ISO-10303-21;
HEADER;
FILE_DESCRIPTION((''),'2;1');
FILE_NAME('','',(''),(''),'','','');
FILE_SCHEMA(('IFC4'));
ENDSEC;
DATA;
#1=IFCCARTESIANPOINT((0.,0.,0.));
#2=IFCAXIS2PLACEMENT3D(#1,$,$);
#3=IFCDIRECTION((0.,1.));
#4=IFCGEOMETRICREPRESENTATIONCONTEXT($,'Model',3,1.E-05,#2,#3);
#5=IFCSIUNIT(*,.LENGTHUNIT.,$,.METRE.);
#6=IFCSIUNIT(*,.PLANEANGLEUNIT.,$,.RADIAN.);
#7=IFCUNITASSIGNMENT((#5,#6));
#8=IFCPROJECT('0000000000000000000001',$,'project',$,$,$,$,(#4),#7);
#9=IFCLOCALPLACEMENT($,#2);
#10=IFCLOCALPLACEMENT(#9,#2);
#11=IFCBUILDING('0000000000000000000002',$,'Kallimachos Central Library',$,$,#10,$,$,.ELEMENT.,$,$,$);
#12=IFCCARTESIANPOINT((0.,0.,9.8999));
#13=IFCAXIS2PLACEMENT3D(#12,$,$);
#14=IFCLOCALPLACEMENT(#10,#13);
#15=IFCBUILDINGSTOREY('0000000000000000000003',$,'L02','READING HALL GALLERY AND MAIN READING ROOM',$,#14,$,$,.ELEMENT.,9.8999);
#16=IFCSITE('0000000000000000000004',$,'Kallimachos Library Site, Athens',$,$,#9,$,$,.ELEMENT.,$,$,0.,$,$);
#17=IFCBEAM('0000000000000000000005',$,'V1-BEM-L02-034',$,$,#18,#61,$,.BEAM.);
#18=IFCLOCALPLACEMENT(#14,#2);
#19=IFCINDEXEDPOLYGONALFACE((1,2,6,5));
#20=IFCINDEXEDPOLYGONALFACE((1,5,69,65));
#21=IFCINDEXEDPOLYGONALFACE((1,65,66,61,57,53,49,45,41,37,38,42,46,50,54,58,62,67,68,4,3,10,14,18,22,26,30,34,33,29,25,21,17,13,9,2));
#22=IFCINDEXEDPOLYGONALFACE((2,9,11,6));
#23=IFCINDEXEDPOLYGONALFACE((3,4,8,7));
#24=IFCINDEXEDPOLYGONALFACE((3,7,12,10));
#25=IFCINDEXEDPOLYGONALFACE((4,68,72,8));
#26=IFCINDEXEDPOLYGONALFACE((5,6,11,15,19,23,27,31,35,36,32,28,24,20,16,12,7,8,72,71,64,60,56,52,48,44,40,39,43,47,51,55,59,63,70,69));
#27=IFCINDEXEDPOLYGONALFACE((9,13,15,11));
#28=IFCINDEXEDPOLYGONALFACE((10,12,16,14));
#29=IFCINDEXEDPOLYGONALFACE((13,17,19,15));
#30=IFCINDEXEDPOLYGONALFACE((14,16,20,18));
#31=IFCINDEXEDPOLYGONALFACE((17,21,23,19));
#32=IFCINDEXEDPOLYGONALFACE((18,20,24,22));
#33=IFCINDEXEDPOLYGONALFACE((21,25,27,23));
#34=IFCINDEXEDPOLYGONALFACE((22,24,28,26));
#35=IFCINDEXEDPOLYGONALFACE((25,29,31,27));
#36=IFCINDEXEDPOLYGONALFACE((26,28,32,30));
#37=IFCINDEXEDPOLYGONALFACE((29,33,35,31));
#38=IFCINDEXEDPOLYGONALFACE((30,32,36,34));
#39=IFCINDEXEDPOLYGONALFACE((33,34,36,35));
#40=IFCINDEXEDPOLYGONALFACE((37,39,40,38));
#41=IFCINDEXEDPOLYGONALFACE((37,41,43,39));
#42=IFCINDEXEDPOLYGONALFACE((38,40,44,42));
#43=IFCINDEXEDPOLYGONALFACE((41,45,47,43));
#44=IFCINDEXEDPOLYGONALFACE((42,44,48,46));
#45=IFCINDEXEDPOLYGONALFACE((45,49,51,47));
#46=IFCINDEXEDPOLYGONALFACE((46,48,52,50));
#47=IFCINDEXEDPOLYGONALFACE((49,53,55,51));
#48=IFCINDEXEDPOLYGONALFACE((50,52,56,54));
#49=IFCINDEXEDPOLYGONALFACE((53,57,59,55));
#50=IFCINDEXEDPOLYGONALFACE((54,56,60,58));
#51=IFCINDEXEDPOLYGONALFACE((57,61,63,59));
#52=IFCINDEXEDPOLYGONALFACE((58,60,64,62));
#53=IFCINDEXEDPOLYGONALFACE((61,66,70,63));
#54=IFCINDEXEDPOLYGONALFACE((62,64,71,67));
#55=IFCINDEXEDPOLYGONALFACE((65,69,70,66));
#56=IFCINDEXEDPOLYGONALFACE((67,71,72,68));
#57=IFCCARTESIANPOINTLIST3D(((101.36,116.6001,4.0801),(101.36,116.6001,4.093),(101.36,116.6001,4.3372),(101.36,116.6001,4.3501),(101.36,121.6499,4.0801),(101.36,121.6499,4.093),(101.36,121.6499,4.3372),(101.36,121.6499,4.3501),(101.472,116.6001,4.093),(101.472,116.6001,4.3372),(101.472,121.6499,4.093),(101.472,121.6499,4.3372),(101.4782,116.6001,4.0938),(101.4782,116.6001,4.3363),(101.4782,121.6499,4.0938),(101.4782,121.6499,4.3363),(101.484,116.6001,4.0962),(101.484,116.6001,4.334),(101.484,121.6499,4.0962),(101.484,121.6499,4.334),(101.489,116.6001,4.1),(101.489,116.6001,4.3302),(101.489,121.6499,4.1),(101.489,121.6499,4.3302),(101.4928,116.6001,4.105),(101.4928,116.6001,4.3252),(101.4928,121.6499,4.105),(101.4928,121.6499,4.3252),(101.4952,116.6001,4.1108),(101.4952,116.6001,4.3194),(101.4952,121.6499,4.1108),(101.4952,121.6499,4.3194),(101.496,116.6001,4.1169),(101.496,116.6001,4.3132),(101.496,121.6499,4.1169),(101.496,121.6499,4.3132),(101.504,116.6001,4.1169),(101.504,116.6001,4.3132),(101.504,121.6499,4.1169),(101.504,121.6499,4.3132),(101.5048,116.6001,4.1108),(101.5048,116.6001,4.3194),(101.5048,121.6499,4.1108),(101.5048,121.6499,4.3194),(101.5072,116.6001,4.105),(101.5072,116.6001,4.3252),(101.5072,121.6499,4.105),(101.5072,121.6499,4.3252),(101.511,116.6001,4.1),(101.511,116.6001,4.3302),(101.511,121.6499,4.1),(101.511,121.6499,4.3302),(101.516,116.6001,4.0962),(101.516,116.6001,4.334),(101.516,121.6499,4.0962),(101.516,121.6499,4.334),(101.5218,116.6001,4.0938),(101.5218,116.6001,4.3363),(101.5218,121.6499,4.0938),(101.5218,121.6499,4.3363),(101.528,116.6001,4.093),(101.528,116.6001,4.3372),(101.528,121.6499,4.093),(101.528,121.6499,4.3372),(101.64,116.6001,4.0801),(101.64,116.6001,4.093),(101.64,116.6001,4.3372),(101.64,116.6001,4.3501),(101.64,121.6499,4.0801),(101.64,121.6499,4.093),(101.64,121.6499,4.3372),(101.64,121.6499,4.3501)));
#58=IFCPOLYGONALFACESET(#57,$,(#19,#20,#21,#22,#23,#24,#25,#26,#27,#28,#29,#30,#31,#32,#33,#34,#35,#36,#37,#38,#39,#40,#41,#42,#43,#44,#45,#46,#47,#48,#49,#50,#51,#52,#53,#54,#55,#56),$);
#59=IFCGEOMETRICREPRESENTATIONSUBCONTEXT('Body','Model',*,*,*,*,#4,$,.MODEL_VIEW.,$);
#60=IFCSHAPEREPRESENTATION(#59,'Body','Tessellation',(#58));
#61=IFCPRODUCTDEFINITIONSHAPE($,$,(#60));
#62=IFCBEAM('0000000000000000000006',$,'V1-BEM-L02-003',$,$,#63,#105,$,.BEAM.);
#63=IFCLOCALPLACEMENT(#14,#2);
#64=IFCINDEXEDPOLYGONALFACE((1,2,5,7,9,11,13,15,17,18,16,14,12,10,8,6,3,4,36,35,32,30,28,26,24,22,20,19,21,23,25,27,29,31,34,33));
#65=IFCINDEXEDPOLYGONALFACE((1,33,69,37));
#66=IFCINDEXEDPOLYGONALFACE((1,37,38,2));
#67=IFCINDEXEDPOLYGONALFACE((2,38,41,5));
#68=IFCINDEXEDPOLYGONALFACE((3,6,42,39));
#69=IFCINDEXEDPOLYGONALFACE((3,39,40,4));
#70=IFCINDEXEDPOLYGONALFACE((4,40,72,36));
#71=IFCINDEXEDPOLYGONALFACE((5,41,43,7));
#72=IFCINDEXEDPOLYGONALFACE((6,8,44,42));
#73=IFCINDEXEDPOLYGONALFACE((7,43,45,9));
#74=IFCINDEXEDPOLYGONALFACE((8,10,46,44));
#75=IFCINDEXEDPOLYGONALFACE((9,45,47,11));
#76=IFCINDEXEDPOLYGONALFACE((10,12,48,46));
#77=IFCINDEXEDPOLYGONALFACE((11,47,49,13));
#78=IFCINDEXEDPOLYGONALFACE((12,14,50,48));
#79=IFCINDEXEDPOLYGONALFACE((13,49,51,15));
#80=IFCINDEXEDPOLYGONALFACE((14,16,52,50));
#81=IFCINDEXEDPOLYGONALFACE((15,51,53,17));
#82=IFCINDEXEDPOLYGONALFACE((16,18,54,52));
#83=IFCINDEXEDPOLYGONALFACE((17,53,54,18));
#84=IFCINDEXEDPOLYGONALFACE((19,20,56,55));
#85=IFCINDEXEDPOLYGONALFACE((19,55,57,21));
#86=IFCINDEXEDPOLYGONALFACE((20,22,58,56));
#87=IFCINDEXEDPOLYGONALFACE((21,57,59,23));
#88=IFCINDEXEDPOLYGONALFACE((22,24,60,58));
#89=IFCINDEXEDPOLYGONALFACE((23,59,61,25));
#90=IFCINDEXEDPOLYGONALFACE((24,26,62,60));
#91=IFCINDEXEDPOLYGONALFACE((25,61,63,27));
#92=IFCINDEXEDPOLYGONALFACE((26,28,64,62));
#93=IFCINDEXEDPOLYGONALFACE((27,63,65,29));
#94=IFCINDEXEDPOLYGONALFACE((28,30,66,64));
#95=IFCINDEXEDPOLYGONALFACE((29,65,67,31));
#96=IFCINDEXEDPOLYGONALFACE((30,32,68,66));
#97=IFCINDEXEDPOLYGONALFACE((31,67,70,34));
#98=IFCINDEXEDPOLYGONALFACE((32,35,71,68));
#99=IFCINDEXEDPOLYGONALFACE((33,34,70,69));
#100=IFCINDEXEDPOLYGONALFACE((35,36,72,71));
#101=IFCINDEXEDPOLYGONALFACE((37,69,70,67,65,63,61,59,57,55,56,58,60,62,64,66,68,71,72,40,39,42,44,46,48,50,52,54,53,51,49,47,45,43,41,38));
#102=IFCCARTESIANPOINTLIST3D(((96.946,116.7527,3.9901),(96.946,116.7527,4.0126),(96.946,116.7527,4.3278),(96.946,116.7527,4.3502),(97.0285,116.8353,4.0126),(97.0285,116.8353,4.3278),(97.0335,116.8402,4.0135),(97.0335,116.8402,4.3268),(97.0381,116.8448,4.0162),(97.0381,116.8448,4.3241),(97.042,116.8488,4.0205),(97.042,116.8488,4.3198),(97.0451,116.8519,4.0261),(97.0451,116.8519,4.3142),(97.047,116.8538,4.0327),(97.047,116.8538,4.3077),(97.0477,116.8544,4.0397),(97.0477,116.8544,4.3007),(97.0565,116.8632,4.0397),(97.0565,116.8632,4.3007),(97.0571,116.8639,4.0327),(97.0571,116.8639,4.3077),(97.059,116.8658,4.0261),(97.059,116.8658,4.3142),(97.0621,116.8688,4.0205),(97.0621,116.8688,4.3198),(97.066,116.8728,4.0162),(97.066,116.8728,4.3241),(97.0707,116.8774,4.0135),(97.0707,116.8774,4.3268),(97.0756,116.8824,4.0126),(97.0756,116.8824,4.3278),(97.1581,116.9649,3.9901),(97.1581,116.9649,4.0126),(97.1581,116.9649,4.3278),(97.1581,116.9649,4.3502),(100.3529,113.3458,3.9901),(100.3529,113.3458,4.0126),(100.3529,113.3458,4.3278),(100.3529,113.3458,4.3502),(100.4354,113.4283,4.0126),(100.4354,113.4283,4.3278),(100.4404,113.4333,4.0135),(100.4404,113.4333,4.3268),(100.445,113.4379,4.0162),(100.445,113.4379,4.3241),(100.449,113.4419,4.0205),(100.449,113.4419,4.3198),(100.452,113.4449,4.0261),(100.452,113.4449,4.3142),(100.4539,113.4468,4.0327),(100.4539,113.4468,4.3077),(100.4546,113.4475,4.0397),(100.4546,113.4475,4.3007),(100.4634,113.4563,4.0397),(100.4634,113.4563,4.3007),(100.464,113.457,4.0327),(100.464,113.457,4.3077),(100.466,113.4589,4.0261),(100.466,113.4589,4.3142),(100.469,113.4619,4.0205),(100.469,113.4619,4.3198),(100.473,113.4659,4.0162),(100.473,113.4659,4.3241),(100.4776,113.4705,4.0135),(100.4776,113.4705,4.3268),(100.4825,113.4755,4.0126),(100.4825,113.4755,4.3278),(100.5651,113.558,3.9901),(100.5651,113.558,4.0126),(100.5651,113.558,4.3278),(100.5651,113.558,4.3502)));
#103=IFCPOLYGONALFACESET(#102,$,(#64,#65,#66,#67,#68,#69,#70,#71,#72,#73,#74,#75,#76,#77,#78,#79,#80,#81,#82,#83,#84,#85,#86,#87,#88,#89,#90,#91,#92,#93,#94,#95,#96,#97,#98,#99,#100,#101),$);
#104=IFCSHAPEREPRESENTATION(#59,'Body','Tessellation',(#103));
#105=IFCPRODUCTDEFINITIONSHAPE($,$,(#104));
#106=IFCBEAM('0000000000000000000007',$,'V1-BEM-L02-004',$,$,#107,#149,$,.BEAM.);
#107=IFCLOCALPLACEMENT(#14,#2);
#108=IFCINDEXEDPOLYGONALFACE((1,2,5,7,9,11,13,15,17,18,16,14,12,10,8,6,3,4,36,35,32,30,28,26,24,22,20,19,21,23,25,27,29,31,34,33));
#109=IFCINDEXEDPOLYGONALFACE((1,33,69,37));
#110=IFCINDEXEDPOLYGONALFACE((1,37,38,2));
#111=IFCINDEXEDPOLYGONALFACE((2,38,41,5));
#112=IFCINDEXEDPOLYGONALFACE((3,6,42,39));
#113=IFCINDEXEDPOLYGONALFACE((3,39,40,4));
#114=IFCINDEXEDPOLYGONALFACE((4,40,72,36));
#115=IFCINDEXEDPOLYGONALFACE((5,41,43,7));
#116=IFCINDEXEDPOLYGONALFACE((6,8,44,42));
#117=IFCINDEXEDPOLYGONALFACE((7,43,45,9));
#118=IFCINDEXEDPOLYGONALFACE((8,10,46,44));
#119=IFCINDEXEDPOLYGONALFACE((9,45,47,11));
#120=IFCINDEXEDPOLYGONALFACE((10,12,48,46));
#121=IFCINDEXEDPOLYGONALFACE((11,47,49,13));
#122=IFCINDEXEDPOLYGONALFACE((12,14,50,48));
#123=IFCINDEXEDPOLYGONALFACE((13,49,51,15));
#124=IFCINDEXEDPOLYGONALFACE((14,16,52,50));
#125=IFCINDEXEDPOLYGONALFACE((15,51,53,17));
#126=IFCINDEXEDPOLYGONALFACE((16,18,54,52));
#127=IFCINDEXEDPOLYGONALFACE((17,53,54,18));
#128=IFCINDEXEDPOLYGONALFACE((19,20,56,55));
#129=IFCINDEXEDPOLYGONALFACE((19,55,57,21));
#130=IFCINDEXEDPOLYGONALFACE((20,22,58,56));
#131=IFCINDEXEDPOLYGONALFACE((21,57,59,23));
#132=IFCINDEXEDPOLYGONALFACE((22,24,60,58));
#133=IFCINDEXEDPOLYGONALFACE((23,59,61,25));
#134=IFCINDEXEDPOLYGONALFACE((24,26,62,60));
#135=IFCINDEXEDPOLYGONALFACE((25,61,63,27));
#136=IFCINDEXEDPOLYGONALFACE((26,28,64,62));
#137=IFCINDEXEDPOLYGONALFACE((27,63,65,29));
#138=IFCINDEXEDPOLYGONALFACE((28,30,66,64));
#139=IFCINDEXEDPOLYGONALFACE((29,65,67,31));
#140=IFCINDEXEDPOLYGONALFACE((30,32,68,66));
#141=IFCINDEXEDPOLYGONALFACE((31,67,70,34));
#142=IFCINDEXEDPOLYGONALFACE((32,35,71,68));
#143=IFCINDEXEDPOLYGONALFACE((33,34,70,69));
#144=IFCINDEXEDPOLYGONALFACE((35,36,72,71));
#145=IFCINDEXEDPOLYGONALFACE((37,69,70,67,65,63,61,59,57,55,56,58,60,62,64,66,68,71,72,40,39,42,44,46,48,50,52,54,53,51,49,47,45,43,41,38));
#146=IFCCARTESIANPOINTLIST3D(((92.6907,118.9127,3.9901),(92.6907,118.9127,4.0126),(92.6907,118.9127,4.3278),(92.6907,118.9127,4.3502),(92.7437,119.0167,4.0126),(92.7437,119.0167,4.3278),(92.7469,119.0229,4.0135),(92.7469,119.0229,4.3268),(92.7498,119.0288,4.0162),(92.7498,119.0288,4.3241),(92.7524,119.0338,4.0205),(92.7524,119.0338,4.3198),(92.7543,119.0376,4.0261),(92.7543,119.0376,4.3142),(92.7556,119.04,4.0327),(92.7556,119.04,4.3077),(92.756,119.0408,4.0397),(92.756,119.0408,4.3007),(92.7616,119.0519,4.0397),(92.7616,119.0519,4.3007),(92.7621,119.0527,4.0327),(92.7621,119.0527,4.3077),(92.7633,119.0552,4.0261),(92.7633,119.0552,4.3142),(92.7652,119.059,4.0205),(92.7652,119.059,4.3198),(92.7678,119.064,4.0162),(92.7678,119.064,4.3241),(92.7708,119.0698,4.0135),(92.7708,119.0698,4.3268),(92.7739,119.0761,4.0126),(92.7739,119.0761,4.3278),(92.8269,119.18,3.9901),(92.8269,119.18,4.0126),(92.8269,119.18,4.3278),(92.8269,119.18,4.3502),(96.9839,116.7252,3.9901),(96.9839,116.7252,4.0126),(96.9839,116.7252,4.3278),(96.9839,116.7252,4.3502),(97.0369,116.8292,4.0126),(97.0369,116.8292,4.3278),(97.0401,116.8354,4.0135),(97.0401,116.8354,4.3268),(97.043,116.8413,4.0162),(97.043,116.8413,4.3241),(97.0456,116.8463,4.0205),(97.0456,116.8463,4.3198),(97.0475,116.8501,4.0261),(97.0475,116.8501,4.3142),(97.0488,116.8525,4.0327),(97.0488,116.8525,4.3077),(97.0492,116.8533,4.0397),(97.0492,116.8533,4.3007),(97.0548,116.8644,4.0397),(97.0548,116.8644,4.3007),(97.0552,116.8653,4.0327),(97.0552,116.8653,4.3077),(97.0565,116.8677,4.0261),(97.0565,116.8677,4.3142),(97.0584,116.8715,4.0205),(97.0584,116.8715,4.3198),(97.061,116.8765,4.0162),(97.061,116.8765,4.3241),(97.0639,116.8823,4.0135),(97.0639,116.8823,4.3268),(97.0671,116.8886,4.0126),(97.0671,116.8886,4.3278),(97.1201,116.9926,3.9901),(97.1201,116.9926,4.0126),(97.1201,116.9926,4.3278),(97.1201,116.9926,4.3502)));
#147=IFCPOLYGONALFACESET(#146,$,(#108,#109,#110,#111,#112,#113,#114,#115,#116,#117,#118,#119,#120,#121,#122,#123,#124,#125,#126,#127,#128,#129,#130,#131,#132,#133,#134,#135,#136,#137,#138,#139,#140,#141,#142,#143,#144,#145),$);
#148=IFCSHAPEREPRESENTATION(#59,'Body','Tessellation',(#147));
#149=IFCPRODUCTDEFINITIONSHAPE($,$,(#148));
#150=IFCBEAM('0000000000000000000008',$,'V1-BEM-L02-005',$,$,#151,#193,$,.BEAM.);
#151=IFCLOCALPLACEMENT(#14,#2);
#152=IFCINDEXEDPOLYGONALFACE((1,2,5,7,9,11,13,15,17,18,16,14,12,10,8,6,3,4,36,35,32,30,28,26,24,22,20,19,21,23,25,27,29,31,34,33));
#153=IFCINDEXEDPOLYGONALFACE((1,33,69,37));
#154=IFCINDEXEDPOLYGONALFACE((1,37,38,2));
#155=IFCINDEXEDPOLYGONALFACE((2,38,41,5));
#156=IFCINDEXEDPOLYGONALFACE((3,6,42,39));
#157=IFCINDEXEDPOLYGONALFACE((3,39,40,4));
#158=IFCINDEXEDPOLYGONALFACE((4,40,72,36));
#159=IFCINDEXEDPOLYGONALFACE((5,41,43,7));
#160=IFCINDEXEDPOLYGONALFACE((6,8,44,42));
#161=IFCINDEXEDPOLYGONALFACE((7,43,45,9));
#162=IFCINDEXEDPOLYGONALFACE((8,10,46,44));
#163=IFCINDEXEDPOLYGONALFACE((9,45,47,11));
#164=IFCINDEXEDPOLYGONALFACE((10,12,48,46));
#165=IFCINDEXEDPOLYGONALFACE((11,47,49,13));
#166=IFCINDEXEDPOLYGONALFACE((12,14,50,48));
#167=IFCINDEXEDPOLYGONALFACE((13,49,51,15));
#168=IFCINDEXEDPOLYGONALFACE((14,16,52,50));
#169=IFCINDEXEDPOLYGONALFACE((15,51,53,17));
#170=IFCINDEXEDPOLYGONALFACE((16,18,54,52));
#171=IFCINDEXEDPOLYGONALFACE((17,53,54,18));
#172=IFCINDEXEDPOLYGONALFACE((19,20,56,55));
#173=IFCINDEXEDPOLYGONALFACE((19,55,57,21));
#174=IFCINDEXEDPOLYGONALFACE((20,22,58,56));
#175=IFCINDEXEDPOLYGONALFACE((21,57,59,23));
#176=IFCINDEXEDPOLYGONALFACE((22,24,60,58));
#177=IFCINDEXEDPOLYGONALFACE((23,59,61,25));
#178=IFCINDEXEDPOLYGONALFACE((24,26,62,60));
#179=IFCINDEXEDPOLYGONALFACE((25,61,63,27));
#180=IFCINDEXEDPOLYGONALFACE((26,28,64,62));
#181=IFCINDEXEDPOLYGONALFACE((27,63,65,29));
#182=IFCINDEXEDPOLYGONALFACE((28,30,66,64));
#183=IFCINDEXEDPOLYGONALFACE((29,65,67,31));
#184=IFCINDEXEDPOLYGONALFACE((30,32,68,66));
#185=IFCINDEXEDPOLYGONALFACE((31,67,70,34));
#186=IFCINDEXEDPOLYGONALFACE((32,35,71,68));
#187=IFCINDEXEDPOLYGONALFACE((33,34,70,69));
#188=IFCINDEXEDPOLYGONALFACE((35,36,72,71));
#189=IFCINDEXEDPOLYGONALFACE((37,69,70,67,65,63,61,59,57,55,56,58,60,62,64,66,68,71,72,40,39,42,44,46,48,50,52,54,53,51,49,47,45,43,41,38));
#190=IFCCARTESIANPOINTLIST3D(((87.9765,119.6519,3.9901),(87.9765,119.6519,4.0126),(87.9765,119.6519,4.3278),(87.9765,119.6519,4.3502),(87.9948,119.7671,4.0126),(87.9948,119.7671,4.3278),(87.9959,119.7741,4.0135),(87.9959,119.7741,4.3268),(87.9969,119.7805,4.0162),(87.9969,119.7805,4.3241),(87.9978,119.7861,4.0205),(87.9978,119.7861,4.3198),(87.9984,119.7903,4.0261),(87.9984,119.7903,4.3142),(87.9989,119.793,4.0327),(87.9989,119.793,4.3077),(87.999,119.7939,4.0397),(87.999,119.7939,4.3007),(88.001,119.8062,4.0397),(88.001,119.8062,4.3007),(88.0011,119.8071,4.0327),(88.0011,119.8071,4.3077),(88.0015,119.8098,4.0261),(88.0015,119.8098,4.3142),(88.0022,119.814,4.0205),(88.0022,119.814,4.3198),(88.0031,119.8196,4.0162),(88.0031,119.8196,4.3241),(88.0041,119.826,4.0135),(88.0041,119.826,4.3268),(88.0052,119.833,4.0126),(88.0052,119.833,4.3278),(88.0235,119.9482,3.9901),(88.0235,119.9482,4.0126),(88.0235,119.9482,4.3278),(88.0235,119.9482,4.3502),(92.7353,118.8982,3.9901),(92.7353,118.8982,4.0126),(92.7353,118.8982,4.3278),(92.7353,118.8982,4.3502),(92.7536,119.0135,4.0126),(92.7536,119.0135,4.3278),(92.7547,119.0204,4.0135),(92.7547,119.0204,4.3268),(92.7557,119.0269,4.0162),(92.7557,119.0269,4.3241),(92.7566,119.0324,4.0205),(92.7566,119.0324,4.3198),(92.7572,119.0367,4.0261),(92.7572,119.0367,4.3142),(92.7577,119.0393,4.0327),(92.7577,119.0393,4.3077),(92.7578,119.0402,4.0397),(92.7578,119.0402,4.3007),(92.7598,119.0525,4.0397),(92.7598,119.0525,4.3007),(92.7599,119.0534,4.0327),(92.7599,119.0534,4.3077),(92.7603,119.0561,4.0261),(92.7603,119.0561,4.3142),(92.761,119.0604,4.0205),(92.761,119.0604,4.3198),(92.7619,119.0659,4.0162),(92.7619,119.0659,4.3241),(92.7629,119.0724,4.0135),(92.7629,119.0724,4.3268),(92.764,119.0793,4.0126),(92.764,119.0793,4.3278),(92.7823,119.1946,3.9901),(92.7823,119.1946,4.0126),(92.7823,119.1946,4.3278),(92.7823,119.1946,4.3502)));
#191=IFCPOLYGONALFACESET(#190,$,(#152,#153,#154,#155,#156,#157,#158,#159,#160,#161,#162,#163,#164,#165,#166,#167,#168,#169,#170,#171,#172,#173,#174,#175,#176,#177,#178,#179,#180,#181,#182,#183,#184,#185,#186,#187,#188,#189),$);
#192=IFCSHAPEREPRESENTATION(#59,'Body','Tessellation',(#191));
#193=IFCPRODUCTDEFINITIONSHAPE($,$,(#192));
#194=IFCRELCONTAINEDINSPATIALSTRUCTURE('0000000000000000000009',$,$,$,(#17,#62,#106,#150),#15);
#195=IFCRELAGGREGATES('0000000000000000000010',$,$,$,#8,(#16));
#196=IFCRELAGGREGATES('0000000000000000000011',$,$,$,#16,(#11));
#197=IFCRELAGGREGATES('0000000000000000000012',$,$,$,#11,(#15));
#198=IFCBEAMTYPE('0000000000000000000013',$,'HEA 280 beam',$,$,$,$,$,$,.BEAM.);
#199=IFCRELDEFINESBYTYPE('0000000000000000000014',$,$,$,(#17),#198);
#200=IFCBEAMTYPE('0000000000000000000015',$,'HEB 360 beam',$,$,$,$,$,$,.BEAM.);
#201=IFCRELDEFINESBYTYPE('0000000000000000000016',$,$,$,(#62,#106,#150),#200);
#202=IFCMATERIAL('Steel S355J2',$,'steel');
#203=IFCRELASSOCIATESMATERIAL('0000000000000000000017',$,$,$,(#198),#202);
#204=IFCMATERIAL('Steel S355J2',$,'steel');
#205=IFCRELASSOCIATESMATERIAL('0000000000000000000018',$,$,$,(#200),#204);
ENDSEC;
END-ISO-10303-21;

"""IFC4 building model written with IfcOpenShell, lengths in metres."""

from ifc_helpers import new_model, si_unit, direction, frame, origin, origin_2d, place, context, subcontext, project, spatial, i_section, extrude, material, material_profile, profile_set, type_object, element, save


model = new_model("IFC4")

# Units and contexts
model_context = context("Model", 3, precision=1e-05, world=origin(), true_north=direction((0.0, 1.0)))
body_context = subcontext(model_context, "Body", "Model", "MODEL_VIEW")
ifc_project = project(units=[si_unit("LENGTHUNIT", "METRE"), si_unit("PLANEANGLEUNIT", "RADIAN")], contexts=[model_context])

# Site, building, storey
site_placement = place(None, origin())
site = spatial("IfcSite", under=ifc_project, at=site_placement, Name="Kallimachos Library Site, Athens", CompositionType="ELEMENT", RefElevation=0.0)
building_placement = place(site_placement, origin())
building = spatial("IfcBuilding", under=site, at=building_placement, Name="Kallimachos Central Library", CompositionType="ELEMENT")
storey_placement = place(building_placement, frame((0.0, 0.0, 9.8999)))
storey = spatial("IfcBuildingStorey", under=building, at=storey_placement, Name="L02", Description="READING HALL GALLERY AND MAIN READING ROOM", CompositionType="ELEMENT", Elevation=9.8999)

# Beams
ifc_material_1 = material(Name="Steel S355J2", Category="steel")
ifc_material_profile_1 = material_profile(ifc_material_1, i_section(OverallWidth=0.28, OverallDepth=0.27, WebThickness=0.0081, FlangeThickness=0.0129, FilletRadius=0.0239, at=origin_2d()), Name="HEA 280")
ifc_profile_set_1 = profile_set([ifc_material_profile_1], Name="Steel S355J2")
beam_type_1 = type_object("IfcBeamType", Name="HEA 280 beam", PredefinedType="BEAM", material=ifc_profile_set_1)
beam_1_placement = place(storey_placement, frame((101.5, 116.6001, 4.2151), z_axis=(0.0, 1.0, 0.0), x_axis=(-1.0, 0.0, 0.0)))
element("IfcBeam", 1, at=beam_1_placement, inside=storey, type_object=beam_type_1, Name="V1-BEM-L02-034", PredefinedType="BEAM", context=body_context, shape_type="SweptSolid", body=[
    extrude(i_section(OverallWidth=0.28, OverallDepth=0.27, WebThickness=0.0081, FlangeThickness=0.0129, FilletRadius=0.0239, at=origin_2d()), origin(), (0.0, 0.0, 1.0), 5.0498),
])
ifc_material_2 = material(Name="Steel S355J2", Category="steel")
ifc_material_profile_2 = material_profile(ifc_material_2, i_section(OverallWidth=0.3, OverallDepth=0.3601, WebThickness=0.0125, FlangeThickness=0.0225, FilletRadius=0.0271, at=origin_2d()), Name="HEB 360")
ifc_profile_set_2 = profile_set([ifc_material_profile_2], Name="Steel S355J2")
beam_type_2 = type_object("IfcBeamType", Name="HEB 360 beam", PredefinedType="BEAM", material=ifc_profile_set_2)
beam_2_placement = place(storey_placement, frame((100.459, 113.4519, 4.1702), z_axis=(-0.707107, 0.707107, 0.0), x_axis=(-0.707107, -0.707107, 0.0)))
element("IfcBeam", 2, at=beam_2_placement, inside=storey, type_object=beam_type_2, Name="V1-BEM-L02-003", PredefinedType="BEAM", context=body_context, shape_type="SweptSolid", body=[
    extrude(i_section(OverallWidth=0.3, OverallDepth=0.3601, WebThickness=0.0125, FlangeThickness=0.0225, FilletRadius=0.0271, at=origin_2d()), origin(), (0.0, 0.0, 1.0), 4.8181),
])
beam_3_placement = place(storey_placement, frame((97.052, 116.8589, 4.1702), z_axis=(-0.891007, 0.45399, 0.0), x_axis=(-0.45399, -0.891007, 0.0)))
element("IfcBeam", 3, at=beam_3_placement, inside=storey, type_object=beam_type_2, Name="V1-BEM-L02-004", PredefinedType="BEAM", context=body_context, shape_type="SweptSolid", body=[
    extrude(i_section(OverallWidth=0.3, OverallDepth=0.3601, WebThickness=0.0125, FlangeThickness=0.0225, FilletRadius=0.0271, at=origin_2d()), origin(), (0.0, 0.0, 1.0), 4.8184),
])
for number, where, z_axis, x_axis, name in (
    (4, (92.7588, 119.0464, 4.1702), (-0.98769, 0.156423, 0.0), (-0.156423, -0.98769, 0.0), "V1-BEM-L02-005"),
):
    element("IfcBeam", number, at=place(storey_placement, frame(where, z_axis=z_axis, x_axis=x_axis)), inside=storey, type_object=beam_type_2, Name=name, PredefinedType="BEAM", context=body_context, shape_type="SweptSolid", body=[
        extrude(i_section(OverallWidth=0.3, OverallDepth=0.3601, WebThickness=0.0125, FlangeThickness=0.0225, FilletRadius=0.0271, at=origin_2d()), origin(), (0.0, 0.0, 1.0), 4.8181),
    ])

save(model, "model.ifc")
